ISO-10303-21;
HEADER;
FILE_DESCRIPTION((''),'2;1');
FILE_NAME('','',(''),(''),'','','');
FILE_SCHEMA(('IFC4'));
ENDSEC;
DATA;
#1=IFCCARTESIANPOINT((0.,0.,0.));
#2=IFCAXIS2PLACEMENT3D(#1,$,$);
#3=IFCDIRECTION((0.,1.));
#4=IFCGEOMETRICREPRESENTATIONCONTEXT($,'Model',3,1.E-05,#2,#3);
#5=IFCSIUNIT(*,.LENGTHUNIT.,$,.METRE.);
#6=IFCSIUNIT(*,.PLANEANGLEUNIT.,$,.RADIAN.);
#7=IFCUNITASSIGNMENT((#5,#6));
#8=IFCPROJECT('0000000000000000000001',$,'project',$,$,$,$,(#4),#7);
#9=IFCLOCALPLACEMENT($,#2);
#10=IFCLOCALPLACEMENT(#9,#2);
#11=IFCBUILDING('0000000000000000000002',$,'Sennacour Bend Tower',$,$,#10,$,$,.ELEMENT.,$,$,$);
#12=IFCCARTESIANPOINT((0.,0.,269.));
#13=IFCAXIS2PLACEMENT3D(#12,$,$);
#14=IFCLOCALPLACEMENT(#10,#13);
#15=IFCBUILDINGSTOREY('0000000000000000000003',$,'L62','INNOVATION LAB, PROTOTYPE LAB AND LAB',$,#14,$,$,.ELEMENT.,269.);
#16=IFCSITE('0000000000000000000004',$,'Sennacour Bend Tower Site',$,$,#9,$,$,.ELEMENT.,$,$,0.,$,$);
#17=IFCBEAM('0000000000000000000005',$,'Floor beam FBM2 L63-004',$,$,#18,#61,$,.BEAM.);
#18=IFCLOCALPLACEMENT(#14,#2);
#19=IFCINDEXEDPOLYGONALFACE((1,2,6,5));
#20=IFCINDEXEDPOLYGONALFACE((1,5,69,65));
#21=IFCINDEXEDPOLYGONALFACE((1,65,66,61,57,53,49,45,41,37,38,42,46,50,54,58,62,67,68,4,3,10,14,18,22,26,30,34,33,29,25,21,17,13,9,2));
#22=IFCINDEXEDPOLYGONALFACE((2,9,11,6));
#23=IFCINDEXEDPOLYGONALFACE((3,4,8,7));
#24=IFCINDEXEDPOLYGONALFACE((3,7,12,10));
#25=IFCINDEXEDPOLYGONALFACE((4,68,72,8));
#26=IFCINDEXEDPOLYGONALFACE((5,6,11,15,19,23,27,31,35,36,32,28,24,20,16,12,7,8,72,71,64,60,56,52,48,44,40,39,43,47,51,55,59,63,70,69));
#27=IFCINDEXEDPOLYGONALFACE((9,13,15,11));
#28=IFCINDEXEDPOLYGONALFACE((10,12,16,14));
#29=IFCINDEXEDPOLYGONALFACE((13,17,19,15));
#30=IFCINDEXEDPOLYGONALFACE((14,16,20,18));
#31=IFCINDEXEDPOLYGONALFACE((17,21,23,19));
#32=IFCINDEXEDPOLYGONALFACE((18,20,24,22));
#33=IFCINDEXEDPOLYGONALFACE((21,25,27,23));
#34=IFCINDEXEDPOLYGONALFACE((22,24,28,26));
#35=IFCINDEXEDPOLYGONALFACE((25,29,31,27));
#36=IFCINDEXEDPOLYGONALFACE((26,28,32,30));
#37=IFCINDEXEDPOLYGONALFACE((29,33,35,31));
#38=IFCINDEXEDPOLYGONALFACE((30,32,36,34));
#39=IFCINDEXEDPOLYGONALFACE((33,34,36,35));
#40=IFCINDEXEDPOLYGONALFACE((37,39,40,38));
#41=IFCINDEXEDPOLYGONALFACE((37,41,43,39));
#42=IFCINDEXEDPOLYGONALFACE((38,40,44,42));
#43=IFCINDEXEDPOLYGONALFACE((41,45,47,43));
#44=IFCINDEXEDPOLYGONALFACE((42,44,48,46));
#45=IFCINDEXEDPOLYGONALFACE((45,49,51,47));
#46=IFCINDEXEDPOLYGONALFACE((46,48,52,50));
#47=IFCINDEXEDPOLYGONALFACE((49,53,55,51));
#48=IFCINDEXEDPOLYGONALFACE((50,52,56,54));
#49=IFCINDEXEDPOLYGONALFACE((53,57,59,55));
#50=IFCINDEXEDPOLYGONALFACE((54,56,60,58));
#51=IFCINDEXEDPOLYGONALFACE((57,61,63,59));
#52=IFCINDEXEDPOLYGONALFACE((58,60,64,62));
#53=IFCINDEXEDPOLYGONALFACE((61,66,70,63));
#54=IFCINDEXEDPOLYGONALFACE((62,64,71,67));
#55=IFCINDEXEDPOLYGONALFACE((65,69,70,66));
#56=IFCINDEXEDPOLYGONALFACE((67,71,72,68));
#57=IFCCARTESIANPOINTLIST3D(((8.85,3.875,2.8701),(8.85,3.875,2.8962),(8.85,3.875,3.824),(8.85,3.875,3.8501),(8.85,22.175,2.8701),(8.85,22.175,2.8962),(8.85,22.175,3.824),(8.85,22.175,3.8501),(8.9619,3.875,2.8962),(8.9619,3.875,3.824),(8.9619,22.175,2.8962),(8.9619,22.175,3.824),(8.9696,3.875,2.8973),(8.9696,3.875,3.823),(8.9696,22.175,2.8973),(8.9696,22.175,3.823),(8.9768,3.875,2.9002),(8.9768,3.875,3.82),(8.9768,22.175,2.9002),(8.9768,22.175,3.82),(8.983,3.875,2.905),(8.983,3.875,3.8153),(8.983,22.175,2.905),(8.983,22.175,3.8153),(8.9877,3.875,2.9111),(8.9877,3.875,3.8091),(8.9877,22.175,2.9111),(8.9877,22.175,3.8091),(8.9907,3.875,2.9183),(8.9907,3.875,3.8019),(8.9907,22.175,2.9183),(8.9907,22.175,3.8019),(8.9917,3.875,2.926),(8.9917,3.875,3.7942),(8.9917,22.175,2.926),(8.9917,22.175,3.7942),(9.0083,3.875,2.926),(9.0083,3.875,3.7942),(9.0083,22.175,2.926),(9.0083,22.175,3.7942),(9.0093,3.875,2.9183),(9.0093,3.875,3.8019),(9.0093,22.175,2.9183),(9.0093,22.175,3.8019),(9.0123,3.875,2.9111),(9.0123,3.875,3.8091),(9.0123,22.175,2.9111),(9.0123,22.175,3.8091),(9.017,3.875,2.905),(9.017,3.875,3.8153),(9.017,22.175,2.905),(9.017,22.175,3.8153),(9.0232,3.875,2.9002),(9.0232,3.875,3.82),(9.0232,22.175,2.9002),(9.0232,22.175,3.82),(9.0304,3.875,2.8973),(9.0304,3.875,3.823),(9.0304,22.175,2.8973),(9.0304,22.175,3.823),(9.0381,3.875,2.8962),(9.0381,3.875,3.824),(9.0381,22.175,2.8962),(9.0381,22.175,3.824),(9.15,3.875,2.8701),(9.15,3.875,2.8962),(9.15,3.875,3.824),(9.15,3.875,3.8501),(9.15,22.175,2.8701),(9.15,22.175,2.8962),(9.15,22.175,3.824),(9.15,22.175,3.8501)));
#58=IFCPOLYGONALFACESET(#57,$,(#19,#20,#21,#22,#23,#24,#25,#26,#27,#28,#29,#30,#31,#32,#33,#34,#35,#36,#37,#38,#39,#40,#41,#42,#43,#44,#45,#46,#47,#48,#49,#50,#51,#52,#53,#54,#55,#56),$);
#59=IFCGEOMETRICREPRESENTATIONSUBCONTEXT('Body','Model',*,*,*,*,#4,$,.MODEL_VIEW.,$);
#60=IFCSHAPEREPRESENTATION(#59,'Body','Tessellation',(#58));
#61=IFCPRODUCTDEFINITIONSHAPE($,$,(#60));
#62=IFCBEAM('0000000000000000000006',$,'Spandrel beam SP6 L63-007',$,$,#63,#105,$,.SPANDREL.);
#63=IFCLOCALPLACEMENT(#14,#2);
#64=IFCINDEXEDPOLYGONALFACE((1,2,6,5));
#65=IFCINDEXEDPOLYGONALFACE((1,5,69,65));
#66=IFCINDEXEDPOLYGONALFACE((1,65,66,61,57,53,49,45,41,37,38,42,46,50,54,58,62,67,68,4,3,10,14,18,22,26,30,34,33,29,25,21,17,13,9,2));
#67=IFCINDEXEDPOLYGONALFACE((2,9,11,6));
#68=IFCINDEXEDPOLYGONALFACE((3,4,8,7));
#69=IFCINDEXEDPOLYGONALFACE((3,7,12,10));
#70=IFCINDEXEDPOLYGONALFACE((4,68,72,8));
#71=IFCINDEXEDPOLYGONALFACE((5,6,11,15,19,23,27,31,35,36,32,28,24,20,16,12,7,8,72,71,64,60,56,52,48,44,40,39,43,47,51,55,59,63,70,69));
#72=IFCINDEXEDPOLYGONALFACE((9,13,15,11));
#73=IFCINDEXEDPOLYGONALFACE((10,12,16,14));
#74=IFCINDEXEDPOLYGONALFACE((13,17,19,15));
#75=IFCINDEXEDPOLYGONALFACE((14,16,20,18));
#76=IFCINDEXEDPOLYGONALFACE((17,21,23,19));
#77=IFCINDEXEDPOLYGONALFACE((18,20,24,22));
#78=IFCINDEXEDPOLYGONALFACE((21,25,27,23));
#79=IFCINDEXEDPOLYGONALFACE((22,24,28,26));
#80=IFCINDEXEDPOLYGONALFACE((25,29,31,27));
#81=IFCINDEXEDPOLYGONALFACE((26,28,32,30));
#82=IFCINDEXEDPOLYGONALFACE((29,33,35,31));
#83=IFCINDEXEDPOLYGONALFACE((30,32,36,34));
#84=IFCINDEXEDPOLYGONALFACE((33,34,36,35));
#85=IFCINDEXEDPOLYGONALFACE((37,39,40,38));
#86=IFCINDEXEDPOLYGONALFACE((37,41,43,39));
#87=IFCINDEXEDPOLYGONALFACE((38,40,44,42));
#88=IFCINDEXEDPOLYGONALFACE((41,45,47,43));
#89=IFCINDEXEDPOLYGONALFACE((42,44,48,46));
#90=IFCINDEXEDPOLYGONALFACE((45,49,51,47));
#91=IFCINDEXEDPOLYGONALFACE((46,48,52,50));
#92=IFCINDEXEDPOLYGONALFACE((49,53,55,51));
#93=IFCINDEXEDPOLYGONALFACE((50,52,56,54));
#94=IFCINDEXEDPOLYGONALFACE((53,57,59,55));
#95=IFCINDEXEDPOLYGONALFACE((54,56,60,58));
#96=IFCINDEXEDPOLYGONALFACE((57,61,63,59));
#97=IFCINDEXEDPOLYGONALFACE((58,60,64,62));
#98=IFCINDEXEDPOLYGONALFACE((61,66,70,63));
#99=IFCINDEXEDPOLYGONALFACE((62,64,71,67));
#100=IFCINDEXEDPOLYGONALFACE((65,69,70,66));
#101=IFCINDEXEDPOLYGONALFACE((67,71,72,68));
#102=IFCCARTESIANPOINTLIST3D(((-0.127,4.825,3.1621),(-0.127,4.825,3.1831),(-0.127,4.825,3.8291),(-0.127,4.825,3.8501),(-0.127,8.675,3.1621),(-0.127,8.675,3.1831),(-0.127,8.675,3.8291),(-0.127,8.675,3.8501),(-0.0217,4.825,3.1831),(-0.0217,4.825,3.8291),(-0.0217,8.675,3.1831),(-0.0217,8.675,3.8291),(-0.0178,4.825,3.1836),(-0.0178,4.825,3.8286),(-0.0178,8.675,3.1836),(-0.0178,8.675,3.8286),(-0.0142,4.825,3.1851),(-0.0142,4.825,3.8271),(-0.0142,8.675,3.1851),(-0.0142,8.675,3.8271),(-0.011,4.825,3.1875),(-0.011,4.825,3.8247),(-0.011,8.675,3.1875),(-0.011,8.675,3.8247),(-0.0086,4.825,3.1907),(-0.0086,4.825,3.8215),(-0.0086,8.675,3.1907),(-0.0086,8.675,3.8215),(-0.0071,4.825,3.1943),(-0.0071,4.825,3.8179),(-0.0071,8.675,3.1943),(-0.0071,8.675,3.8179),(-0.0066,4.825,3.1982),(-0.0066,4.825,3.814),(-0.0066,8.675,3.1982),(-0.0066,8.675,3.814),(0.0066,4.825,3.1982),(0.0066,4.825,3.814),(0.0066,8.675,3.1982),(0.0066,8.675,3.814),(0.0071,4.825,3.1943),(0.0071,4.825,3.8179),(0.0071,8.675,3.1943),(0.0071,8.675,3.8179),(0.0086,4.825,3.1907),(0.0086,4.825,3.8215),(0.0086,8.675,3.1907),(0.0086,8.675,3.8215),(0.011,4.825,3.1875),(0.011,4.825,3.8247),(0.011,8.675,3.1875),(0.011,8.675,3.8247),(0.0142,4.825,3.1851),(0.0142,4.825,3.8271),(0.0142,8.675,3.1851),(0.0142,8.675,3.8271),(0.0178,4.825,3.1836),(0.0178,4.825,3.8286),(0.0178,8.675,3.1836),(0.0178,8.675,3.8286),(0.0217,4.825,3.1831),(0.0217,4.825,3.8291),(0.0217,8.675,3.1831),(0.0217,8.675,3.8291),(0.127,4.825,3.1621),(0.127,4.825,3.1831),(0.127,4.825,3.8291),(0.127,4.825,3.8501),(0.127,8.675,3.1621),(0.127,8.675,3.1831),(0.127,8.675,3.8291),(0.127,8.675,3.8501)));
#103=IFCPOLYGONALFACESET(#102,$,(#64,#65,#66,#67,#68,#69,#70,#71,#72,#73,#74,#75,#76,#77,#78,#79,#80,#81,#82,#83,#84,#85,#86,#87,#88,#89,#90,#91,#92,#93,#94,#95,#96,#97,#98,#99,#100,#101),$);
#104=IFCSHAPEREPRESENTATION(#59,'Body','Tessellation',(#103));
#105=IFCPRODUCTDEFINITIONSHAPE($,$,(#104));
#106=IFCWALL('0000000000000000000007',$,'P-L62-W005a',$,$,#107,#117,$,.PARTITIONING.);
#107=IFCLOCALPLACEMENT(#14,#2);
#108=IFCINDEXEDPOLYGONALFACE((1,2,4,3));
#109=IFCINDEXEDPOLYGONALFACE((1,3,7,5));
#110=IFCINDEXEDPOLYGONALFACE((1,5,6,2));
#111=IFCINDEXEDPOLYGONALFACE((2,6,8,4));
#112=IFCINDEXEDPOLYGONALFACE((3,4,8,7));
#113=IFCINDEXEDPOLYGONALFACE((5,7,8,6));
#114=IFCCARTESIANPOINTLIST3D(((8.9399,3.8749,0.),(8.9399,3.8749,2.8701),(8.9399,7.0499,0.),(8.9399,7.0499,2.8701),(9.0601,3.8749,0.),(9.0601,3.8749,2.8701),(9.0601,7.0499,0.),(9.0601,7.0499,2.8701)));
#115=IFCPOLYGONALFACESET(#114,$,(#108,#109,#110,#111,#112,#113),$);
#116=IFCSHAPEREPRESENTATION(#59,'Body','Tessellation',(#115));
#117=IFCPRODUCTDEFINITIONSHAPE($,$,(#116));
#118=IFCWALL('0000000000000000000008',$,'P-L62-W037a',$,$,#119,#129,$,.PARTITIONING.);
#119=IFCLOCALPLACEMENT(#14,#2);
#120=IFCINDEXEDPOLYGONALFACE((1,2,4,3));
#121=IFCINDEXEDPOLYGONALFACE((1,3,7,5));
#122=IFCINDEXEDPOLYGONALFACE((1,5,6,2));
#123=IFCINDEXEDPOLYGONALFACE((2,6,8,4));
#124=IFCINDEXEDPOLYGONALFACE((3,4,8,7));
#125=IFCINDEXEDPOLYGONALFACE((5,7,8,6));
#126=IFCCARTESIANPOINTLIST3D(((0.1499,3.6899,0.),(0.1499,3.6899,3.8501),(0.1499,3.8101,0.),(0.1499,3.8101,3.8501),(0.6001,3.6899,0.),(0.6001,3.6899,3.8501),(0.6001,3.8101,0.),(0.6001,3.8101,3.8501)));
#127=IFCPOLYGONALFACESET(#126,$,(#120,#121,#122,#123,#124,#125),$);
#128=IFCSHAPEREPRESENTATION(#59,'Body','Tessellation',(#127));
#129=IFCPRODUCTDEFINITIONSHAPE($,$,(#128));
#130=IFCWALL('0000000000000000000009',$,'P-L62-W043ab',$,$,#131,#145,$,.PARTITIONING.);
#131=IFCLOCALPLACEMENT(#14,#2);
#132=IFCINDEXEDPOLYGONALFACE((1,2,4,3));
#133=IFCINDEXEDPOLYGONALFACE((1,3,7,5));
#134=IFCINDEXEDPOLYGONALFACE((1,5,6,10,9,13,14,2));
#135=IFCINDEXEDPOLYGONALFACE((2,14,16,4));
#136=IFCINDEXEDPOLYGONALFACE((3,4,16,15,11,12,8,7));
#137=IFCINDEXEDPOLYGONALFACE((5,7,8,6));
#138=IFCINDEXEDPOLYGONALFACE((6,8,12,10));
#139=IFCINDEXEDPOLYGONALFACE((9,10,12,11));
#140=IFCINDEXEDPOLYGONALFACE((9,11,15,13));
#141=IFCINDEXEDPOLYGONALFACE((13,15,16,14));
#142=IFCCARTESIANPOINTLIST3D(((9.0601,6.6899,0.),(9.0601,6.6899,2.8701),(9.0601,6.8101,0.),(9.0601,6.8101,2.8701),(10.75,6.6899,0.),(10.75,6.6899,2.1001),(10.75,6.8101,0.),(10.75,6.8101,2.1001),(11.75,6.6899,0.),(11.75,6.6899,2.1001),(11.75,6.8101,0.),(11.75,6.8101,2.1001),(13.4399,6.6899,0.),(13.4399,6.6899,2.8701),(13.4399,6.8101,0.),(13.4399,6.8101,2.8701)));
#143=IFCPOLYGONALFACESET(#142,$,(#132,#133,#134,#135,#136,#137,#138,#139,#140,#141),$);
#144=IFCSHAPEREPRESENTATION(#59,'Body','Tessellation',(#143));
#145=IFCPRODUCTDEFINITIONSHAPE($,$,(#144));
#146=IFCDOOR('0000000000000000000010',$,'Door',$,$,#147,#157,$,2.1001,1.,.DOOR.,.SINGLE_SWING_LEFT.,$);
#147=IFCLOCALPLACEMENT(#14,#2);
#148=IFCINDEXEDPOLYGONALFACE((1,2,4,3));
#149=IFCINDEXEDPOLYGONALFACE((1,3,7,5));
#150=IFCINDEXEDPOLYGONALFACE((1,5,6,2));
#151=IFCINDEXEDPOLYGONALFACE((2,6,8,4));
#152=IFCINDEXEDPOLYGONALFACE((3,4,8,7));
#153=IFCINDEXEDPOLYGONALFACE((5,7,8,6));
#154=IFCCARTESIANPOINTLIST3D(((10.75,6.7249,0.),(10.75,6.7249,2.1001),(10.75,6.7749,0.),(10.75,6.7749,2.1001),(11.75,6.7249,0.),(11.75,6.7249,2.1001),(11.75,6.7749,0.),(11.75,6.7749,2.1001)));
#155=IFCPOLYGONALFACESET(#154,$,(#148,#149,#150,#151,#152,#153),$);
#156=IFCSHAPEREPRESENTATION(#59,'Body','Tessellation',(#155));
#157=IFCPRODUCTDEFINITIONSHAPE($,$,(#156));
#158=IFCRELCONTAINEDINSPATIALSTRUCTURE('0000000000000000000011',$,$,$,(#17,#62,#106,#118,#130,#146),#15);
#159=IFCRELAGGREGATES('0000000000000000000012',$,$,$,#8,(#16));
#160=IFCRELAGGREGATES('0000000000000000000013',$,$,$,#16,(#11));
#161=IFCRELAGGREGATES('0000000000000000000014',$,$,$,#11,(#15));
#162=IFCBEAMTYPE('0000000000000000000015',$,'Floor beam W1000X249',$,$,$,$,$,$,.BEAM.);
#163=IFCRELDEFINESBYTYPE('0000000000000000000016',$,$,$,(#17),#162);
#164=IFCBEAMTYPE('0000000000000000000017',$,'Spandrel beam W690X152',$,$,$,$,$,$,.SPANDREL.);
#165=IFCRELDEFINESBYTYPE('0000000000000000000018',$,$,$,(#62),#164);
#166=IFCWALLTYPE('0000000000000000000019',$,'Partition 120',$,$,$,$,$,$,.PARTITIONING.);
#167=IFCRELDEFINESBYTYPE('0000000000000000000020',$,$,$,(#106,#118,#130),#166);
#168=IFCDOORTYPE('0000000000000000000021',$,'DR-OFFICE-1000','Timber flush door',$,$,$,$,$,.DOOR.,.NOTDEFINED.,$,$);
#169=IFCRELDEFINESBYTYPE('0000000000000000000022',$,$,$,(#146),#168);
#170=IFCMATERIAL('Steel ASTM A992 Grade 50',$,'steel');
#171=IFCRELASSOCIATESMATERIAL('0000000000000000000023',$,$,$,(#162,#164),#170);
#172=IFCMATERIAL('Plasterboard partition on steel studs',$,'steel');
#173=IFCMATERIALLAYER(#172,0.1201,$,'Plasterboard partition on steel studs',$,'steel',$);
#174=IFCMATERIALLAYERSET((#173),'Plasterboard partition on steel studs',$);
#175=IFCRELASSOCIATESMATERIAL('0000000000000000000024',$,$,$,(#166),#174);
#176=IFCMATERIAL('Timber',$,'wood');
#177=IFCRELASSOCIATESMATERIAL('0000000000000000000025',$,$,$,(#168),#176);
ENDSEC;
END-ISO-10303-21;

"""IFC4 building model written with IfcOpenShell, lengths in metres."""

from ifc_helpers import new_model, si_unit, direction, frame, frame_2d, origin, origin_2d, place, context, subcontext, project, spatial, rectangle, i_section, extrude, material, layer, layer_set, material_profile, profile_set, type_object, element, fill, save


model = new_model("IFC4")

# Units and contexts
model_context = context("Model", 3, precision=1e-05, world=origin(), true_north=direction((0.0, 1.0)))
body_context = subcontext(model_context, "Body", "Model", "MODEL_VIEW")
ifc_project = project(units=[si_unit("LENGTHUNIT", "METRE"), si_unit("PLANEANGLEUNIT", "RADIAN")], contexts=[model_context])

# Site, building, storey
site_placement = place(None, origin())
site = spatial("IfcSite", under=ifc_project, at=site_placement, Name="Sennacour Bend Tower Site", CompositionType="ELEMENT", RefElevation=0.0)
building_placement = place(site_placement, origin())
building = spatial("IfcBuilding", under=site, at=building_placement, Name="Sennacour Bend Tower", CompositionType="ELEMENT")
storey_placement = place(building_placement, frame((0.0, 0.0, 269.0)))
storey = spatial("IfcBuildingStorey", under=building, at=storey_placement, Name="L62", Description="INNOVATION LAB, PROTOTYPE LAB AND LAB", CompositionType="ELEMENT", Elevation=269.0)

# Beams
ifc_material_1 = material(Name="Steel ASTM A992 Grade 50", Category="steel")
ifc_material_profile_1 = material_profile(ifc_material_1, i_section(OverallWidth=0.3, OverallDepth=0.98, WebThickness=0.0166, FlangeThickness=0.0261, FilletRadius=0.0298, at=origin_2d()), Name="Steel ASTM A992 Grade 50", Category="steel")
ifc_profile_set_1 = profile_set([ifc_material_profile_1], Name="Steel ASTM A992 Grade 50")
beam_type_1 = type_object("IfcBeamType", Name="Floor beam W1000X249", PredefinedType="BEAM", material=ifc_profile_set_1)
beam_1_placement = place(storey_placement, frame((9.0, 3.875, 3.3601), z_axis=(0.0, 1.0, 0.0), x_axis=(-1.0, 0.0, 0.0)))
element("IfcBeam", 1, at=beam_1_placement, inside=storey, type_object=beam_type_1, Name="Floor beam FBM2 L63-004", PredefinedType="BEAM", context=body_context, shape_type="SweptSolid", body=[
    extrude(i_section(OverallWidth=0.3, OverallDepth=0.98, WebThickness=0.0166, FlangeThickness=0.0261, FilletRadius=0.0298, at=origin_2d()), origin(), (0.0, 0.0, 1.0), 18.3),
])
ifc_material_profile_2 = material_profile(ifc_material_1, i_section(OverallWidth=0.2539, OverallDepth=0.688, WebThickness=0.0132, FlangeThickness=0.021, FilletRadius=0.0151, at=origin_2d()), Name="Steel ASTM A992 Grade 50", Category="steel")
ifc_profile_set_2 = profile_set([ifc_material_profile_2], Name="Steel ASTM A992 Grade 50")
beam_type_2 = type_object("IfcBeamType", Name="Spandrel beam W690X152", PredefinedType="SPANDREL", material=ifc_profile_set_2)
beam_2_placement = place(storey_placement, frame((0.0, 4.825, 3.5061), z_axis=(0.0, 1.0, 0.0), x_axis=(-1.0, 0.0, 0.0)))
element("IfcBeam", 2, at=beam_2_placement, inside=storey, type_object=beam_type_2, Name="Spandrel beam SP6 L63-007", PredefinedType="SPANDREL", context=body_context, shape_type="SweptSolid", body=[
    extrude(i_section(OverallWidth=0.2539, OverallDepth=0.688, WebThickness=0.0132, FlangeThickness=0.021, FilletRadius=0.0151, at=origin_2d()), origin(), (0.0, 0.0, 1.0), 3.8501),
])

# Walls
ifc_material_2 = material(Name="Plasterboard partition on steel studs", Category="steel")
ifc_layer_1 = layer(ifc_material_2, 0.1201, Name="Plasterboard partition on steel studs", Category="steel")
ifc_layer_set_1 = layer_set([ifc_layer_1], Name="Plasterboard partition on steel studs")
wall_type_1 = type_object("IfcWallType", Name="Partition 120", PredefinedType="PARTITIONING", material=ifc_layer_set_1)
wall_1_placement = place(storey_placement, frame((9.0, 3.875, 0.0), z_axis=(0.0, 0.0, 1.0), x_axis=(0.0, 1.0, 0.0)))
element("IfcWall", 3, at=wall_1_placement, inside=storey, type_object=wall_type_1, Name="P-L62-W005a", PredefinedType="PARTITIONING", context=body_context, shape_type="SweptSolid", body=[
    extrude(rectangle(XDim=3.175, YDim=0.1201, at=frame_2d((1.5874, 0.0))), origin(), (0.0, 0.0, 1.0), 2.8701),
])
wall_2_placement = place(storey_placement, frame((0.1499, 3.75, 0.0), z_axis=(0.0, 0.0, 1.0), x_axis=(1.0, 0.0, 0.0)))
element("IfcWall", 4, at=wall_2_placement, inside=storey, type_object=wall_type_1, Name="P-L62-W037a", PredefinedType="PARTITIONING", context=body_context, shape_type="SweptSolid", body=[
    extrude(rectangle(XDim=0.4502, YDim=0.1201, at=frame_2d((0.2251, 0.0))), origin(), (0.0, 0.0, 1.0), 3.8501),
])

# Wall, opening, door
wall_3_placement = place(storey_placement, frame((9.0601, 6.75, 0.0), z_axis=(0.0, 0.0, 1.0), x_axis=(1.0, 0.0, 0.0)))
wall_3 = element("IfcWall", 5, at=wall_3_placement, inside=storey, type_object=wall_type_1, Name="P-L62-W043ab", PredefinedType="PARTITIONING", context=body_context, shape_type="SweptSolid", body=[
    extrude(rectangle(XDim=4.3799, YDim=0.1201, at=frame_2d((2.1899, 0.0))), origin(), (0.0, 0.0, 1.0), 2.8701),
])
opening_1_placement = place(wall_3_placement, frame((1.6899, 0.0, 0.0)))
opening_1 = element("IfcOpeningElement", 6, at=opening_1_placement, cuts=wall_3, PredefinedType="OPENING", context=body_context, shape_type="SweptSolid", body=[
    extrude(rectangle(XDim=1.0, YDim=2.1001, at=frame_2d((0.5, 1.05))), frame((0.0, 0.0701, 0.0), z_axis=(0.0, -1.0, 0.0), x_axis=(1.0, 0.0, 0.0)), (0.0, 0.0, 1.0), 0.1401),
])
ifc_material_3 = material(Name="Timber", Category="wood")
door_type_1 = type_object("IfcDoorType", Name="DR-OFFICE-1000", Description="Timber flush door", OperationType="NOTDEFINED", PredefinedType="DOOR", material=ifc_material_3)
door_1_placement = place(opening_1_placement, origin())
door_1 = element("IfcDoor", 7, at=door_1_placement, inside=storey, type_object=door_type_1, Name="Door", OperationType="SINGLE_SWING_LEFT", OverallHeight=2.1001, OverallWidth=1.0, PredefinedType="DOOR", context=body_context, shape_type="SweptSolid", body=[
    extrude(rectangle(XDim=1.0, YDim=2.1001, at=frame_2d((0.5, 1.05))), frame((0.0, 0.0249, 0.0), z_axis=(0.0, -1.0, 0.0), x_axis=(1.0, 0.0, 0.0)), (0.0, 0.0, 1.0), 0.05),
])
fill(opening_1, door_1)

save(model, "model.ifc")
